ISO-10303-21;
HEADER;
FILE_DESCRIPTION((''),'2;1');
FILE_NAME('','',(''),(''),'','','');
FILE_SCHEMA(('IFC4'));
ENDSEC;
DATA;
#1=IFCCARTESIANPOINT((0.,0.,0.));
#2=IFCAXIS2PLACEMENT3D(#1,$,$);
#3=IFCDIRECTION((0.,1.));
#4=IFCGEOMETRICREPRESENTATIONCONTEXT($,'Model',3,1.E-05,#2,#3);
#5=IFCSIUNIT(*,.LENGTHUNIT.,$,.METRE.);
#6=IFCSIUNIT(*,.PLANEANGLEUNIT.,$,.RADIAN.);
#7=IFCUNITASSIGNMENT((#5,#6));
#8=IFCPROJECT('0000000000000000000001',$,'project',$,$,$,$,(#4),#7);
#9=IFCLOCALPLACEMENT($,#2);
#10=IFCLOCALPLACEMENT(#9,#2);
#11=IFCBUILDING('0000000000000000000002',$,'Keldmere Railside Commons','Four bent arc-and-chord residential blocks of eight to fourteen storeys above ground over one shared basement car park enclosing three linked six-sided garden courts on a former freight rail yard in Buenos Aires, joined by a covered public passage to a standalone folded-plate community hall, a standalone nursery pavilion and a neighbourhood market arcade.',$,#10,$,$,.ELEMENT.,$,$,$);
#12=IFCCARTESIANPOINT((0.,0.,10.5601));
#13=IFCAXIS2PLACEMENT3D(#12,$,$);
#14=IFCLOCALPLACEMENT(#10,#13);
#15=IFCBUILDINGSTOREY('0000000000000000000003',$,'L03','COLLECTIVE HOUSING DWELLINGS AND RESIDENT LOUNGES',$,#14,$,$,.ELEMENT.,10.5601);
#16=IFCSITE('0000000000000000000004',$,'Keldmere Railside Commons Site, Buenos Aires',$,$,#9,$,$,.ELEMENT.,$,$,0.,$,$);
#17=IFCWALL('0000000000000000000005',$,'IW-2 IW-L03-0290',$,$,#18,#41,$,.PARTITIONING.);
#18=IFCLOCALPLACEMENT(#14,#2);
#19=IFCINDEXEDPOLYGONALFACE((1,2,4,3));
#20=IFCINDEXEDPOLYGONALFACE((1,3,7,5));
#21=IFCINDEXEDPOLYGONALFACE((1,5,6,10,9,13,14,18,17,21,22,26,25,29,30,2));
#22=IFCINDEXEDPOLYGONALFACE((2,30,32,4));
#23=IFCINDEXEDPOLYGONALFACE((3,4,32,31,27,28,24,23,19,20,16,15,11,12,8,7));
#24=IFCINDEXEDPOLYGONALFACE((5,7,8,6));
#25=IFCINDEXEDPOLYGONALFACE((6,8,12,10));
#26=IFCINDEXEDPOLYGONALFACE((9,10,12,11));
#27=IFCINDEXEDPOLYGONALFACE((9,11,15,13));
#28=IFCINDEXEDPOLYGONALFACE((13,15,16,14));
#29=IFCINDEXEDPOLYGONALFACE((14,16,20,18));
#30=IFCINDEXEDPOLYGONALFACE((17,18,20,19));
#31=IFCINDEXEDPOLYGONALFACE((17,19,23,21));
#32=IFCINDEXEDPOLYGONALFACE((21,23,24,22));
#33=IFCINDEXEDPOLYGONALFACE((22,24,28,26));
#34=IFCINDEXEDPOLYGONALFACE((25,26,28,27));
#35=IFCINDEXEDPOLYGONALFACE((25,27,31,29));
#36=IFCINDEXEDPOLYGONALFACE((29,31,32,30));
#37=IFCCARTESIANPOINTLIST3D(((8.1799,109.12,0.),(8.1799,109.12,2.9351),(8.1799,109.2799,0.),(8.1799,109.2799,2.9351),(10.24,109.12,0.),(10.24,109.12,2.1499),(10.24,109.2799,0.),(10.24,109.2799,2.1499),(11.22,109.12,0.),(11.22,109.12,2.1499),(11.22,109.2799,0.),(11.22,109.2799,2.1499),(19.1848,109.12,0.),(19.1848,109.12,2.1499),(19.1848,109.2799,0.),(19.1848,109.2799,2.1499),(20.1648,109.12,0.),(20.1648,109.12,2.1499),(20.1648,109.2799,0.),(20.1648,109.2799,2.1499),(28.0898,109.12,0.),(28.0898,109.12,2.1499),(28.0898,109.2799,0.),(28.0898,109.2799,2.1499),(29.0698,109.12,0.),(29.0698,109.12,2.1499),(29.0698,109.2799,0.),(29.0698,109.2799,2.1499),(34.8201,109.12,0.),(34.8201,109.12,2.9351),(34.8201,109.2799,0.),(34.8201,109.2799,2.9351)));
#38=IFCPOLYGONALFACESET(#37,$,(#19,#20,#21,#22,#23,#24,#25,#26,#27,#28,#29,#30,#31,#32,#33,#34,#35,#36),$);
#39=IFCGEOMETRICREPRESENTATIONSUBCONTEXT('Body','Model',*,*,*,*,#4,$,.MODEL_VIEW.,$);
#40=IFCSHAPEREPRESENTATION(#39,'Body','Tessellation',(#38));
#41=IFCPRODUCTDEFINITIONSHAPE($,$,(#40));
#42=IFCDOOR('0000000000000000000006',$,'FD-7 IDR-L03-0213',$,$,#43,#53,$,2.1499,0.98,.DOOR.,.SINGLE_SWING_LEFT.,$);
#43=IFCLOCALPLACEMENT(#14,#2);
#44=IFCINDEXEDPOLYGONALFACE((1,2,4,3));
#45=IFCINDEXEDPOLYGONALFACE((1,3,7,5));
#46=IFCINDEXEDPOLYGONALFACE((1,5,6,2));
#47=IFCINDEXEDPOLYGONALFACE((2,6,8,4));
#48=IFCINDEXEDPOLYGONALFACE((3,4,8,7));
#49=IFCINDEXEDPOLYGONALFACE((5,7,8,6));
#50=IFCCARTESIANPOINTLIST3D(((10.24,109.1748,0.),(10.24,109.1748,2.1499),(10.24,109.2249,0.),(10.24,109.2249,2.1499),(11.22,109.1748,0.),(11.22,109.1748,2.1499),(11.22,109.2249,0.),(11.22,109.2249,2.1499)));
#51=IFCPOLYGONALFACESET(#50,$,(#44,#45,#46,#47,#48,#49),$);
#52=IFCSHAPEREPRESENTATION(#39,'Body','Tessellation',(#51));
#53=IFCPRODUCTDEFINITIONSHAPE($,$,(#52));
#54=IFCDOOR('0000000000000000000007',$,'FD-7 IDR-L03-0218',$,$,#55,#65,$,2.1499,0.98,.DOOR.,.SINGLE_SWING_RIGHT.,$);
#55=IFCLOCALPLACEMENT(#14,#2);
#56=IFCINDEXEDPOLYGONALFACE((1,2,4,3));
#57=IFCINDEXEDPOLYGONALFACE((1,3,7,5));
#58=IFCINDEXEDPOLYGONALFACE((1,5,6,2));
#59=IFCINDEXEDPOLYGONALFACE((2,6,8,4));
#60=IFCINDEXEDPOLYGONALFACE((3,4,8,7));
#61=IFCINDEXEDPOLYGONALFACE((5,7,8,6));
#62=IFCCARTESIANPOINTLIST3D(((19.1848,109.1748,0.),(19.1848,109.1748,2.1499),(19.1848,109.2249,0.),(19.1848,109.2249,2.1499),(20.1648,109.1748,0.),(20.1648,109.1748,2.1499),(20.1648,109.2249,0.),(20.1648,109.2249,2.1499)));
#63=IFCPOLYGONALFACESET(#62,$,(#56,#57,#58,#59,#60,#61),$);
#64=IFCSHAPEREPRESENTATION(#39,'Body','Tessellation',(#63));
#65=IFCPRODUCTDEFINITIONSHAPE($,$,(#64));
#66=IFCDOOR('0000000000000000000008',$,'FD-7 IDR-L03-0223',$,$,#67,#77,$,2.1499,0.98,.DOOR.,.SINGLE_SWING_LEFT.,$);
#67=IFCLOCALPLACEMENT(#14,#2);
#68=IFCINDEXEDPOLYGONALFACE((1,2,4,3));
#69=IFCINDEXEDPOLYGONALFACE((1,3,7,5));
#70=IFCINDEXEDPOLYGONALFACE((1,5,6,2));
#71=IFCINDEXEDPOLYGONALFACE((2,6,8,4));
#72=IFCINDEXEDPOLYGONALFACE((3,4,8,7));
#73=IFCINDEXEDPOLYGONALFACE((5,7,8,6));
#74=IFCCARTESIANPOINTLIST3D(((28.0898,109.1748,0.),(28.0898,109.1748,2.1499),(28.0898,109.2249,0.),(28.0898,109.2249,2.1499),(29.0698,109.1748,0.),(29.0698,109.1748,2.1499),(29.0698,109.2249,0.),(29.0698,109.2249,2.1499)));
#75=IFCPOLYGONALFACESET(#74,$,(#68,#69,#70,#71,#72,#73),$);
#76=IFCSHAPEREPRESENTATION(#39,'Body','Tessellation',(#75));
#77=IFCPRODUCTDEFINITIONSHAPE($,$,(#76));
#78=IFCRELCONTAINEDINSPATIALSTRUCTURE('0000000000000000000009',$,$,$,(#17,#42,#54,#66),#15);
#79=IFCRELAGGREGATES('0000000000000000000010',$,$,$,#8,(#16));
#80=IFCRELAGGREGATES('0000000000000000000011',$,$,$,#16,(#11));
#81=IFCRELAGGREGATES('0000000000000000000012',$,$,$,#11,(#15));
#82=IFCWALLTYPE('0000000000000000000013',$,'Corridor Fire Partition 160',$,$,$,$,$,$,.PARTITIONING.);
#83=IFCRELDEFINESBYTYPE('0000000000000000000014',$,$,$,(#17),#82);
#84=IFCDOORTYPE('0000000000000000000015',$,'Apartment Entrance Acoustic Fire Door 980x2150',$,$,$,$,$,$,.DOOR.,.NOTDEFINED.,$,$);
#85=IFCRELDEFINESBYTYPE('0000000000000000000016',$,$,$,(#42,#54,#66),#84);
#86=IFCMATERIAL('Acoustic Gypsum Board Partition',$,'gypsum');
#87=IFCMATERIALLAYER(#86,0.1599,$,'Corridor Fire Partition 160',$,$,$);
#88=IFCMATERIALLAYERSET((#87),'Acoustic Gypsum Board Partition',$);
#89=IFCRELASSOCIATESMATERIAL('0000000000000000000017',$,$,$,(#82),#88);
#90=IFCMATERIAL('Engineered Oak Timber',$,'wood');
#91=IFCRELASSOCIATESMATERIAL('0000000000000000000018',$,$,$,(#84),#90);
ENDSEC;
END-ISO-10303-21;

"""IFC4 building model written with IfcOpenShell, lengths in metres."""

from ifc_helpers import new_model, si_unit, direction, frame, frame_2d, origin, place, context, subcontext, project, spatial, rectangle, extrude, material, layer, layer_set, type_object, element, fill, save


model = new_model("IFC4")

# Units and contexts
model_context = context("Model", 3, precision=1e-05, world=origin(), true_north=direction((0.0, 1.0)))
body_context = subcontext(model_context, "Body", "Model", "MODEL_VIEW")
ifc_project = project(units=[si_unit("LENGTHUNIT", "METRE"), si_unit("PLANEANGLEUNIT", "RADIAN")], contexts=[model_context])

# Site, building, storey
site_placement = place(None, origin())
site = spatial("IfcSite", under=ifc_project, at=site_placement, Name="Keldmere Railside Commons Site, Buenos Aires", CompositionType="ELEMENT", RefElevation=0.0)
building_placement = place(site_placement, origin())
building = spatial("IfcBuilding", under=site, at=building_placement, Name="Keldmere Railside Commons", Description="Four bent arc-and-chord residential blocks of eight to fourteen storeys above ground over one shared basement car park enclosing three linked six-sided garden courts on a former freight rail yard in Buenos Aires, joined by a covered public passage to a standalone folded-plate community hall, a standalone nursery pavilion and a neighbourhood market arcade.", CompositionType="ELEMENT")
storey_placement = place(building_placement, frame((0.0, 0.0, 10.5601)))
storey = spatial("IfcBuildingStorey", under=building, at=storey_placement, Name="L03", Description="COLLECTIVE HOUSING DWELLINGS AND RESIDENT LOUNGES", CompositionType="ELEMENT", Elevation=10.5601)

# Shared definitions
ifc_material_1 = material(Name="Acoustic Gypsum Board Partition", Category="gypsum")
ifc_material_2 = material(Name="Engineered Oak Timber", Category="wood")

# Wall, openings, doors
ifc_layer_1 = layer(ifc_material_1, 0.1599, Name="Corridor Fire Partition 160")
ifc_layer_set_1 = layer_set([ifc_layer_1], Name="Acoustic Gypsum Board Partition")
wall_type_1 = type_object("IfcWallType", Name="Corridor Fire Partition 160", PredefinedType="PARTITIONING", material=ifc_layer_set_1)
wall_1_placement = place(storey_placement, frame((8.1799, 109.2, 0.0), z_axis=(0.0, 0.0, 1.0), x_axis=(1.0, 0.0, 0.0)))
wall_1 = element("IfcWall", 1, at=wall_1_placement, inside=storey, type_object=wall_type_1, Name="IW-2 IW-L03-0290", PredefinedType="PARTITIONING", context=body_context, shape_type="SweptSolid", body=[
    extrude(rectangle(XDim=26.6401, YDim=0.1599, at=frame_2d((13.3201, 0.0))), origin(), (0.0, 0.0, 1.0), 2.9351),
])
opening_1_placement = place(wall_1_placement, frame((2.0601, 0.0, 0.0)))
opening_1 = element("IfcOpeningElement", 2, at=opening_1_placement, cuts=wall_1, PredefinedType="OPENING", context=body_context, shape_type="SweptSolid", body=[
    extrude(rectangle(XDim=0.98, YDim=2.1499, at=frame_2d((0.49, 1.075))), frame((0.0, 0.0898, 0.0), z_axis=(0.0, -1.0, 0.0), x_axis=(1.0, 0.0, 0.0)), (0.0, 0.0, 1.0), 0.1799),
])
opening_2_placement = place(wall_1_placement, frame((11.0049, 0.0, 0.0)))
opening_2 = element("IfcOpeningElement", 3, at=opening_2_placement, cuts=wall_1, PredefinedType="OPENING", context=body_context, shape_type="SweptSolid", body=[
    extrude(rectangle(XDim=0.98, YDim=2.1499, at=frame_2d((0.49, 1.075))), frame((0.0, 0.0898, 0.0), z_axis=(0.0, -1.0, 0.0), x_axis=(1.0, 0.0, 0.0)), (0.0, 0.0, 1.0), 0.1799),
])
opening_3_placement = place(wall_1_placement, frame((19.9099, 0.0, 0.0)))
opening_3 = element("IfcOpeningElement", 4, at=opening_3_placement, cuts=wall_1, PredefinedType="OPENING", context=body_context, shape_type="SweptSolid", body=[
    extrude(rectangle(XDim=0.98, YDim=2.1499, at=frame_2d((0.49, 1.075))), frame((0.0, 0.0898, 0.0), z_axis=(0.0, -1.0, 0.0), x_axis=(1.0, 0.0, 0.0)), (0.0, 0.0, 1.0), 0.1799),
])
door_type_1 = type_object("IfcDoorType", Name="Apartment Entrance Acoustic Fire Door 980x2150", OperationType="NOTDEFINED", PredefinedType="DOOR", material=ifc_material_2)
door_1_placement = place(opening_1_placement, origin())
door_1 = element("IfcDoor", 5, at=door_1_placement, inside=storey, type_object=door_type_1, Name="FD-7 IDR-L03-0213", OperationType="SINGLE_SWING_LEFT", OverallHeight=2.1499, OverallWidth=0.98, PredefinedType="DOOR", context=body_context, shape_type="SweptSolid", body=[
    extrude(rectangle(XDim=0.98, YDim=2.1499, at=frame_2d((0.49, 1.075))), frame((0.0, 0.0249, 0.0), z_axis=(0.0, -1.0, 0.0), x_axis=(1.0, 0.0, 0.0)), (0.0, 0.0, 1.0), 0.05),
])
fill(opening_1, door_1)
door_2_placement = place(opening_2_placement, origin())
door_2 = element("IfcDoor", 6, at=door_2_placement, inside=storey, type_object=door_type_1, Name="FD-7 IDR-L03-0218", OperationType="SINGLE_SWING_RIGHT", OverallHeight=2.1499, OverallWidth=0.98, PredefinedType="DOOR", context=body_context, shape_type="SweptSolid", body=[
    extrude(rectangle(XDim=0.98, YDim=2.1499, at=frame_2d((0.49, 1.075))), frame((0.0, 0.0249, 0.0), z_axis=(0.0, -1.0, 0.0), x_axis=(1.0, 0.0, 0.0)), (0.0, 0.0, 1.0), 0.05),
])
fill(opening_2, door_2)
door_3_placement = place(opening_3_placement, origin())
door_3 = element("IfcDoor", 7, at=door_3_placement, inside=storey, type_object=door_type_1, Name="FD-7 IDR-L03-0223", OperationType="SINGLE_SWING_LEFT", OverallHeight=2.1499, OverallWidth=0.98, PredefinedType="DOOR", context=body_context, shape_type="SweptSolid", body=[
    extrude(rectangle(XDim=0.98, YDim=2.1499, at=frame_2d((0.49, 1.075))), frame((0.0, 0.0249, 0.0), z_axis=(0.0, -1.0, 0.0), x_axis=(1.0, 0.0, 0.0)), (0.0, 0.0, 1.0), 0.05),
])
fill(opening_3, door_3)

save(model, "model.ifc")
